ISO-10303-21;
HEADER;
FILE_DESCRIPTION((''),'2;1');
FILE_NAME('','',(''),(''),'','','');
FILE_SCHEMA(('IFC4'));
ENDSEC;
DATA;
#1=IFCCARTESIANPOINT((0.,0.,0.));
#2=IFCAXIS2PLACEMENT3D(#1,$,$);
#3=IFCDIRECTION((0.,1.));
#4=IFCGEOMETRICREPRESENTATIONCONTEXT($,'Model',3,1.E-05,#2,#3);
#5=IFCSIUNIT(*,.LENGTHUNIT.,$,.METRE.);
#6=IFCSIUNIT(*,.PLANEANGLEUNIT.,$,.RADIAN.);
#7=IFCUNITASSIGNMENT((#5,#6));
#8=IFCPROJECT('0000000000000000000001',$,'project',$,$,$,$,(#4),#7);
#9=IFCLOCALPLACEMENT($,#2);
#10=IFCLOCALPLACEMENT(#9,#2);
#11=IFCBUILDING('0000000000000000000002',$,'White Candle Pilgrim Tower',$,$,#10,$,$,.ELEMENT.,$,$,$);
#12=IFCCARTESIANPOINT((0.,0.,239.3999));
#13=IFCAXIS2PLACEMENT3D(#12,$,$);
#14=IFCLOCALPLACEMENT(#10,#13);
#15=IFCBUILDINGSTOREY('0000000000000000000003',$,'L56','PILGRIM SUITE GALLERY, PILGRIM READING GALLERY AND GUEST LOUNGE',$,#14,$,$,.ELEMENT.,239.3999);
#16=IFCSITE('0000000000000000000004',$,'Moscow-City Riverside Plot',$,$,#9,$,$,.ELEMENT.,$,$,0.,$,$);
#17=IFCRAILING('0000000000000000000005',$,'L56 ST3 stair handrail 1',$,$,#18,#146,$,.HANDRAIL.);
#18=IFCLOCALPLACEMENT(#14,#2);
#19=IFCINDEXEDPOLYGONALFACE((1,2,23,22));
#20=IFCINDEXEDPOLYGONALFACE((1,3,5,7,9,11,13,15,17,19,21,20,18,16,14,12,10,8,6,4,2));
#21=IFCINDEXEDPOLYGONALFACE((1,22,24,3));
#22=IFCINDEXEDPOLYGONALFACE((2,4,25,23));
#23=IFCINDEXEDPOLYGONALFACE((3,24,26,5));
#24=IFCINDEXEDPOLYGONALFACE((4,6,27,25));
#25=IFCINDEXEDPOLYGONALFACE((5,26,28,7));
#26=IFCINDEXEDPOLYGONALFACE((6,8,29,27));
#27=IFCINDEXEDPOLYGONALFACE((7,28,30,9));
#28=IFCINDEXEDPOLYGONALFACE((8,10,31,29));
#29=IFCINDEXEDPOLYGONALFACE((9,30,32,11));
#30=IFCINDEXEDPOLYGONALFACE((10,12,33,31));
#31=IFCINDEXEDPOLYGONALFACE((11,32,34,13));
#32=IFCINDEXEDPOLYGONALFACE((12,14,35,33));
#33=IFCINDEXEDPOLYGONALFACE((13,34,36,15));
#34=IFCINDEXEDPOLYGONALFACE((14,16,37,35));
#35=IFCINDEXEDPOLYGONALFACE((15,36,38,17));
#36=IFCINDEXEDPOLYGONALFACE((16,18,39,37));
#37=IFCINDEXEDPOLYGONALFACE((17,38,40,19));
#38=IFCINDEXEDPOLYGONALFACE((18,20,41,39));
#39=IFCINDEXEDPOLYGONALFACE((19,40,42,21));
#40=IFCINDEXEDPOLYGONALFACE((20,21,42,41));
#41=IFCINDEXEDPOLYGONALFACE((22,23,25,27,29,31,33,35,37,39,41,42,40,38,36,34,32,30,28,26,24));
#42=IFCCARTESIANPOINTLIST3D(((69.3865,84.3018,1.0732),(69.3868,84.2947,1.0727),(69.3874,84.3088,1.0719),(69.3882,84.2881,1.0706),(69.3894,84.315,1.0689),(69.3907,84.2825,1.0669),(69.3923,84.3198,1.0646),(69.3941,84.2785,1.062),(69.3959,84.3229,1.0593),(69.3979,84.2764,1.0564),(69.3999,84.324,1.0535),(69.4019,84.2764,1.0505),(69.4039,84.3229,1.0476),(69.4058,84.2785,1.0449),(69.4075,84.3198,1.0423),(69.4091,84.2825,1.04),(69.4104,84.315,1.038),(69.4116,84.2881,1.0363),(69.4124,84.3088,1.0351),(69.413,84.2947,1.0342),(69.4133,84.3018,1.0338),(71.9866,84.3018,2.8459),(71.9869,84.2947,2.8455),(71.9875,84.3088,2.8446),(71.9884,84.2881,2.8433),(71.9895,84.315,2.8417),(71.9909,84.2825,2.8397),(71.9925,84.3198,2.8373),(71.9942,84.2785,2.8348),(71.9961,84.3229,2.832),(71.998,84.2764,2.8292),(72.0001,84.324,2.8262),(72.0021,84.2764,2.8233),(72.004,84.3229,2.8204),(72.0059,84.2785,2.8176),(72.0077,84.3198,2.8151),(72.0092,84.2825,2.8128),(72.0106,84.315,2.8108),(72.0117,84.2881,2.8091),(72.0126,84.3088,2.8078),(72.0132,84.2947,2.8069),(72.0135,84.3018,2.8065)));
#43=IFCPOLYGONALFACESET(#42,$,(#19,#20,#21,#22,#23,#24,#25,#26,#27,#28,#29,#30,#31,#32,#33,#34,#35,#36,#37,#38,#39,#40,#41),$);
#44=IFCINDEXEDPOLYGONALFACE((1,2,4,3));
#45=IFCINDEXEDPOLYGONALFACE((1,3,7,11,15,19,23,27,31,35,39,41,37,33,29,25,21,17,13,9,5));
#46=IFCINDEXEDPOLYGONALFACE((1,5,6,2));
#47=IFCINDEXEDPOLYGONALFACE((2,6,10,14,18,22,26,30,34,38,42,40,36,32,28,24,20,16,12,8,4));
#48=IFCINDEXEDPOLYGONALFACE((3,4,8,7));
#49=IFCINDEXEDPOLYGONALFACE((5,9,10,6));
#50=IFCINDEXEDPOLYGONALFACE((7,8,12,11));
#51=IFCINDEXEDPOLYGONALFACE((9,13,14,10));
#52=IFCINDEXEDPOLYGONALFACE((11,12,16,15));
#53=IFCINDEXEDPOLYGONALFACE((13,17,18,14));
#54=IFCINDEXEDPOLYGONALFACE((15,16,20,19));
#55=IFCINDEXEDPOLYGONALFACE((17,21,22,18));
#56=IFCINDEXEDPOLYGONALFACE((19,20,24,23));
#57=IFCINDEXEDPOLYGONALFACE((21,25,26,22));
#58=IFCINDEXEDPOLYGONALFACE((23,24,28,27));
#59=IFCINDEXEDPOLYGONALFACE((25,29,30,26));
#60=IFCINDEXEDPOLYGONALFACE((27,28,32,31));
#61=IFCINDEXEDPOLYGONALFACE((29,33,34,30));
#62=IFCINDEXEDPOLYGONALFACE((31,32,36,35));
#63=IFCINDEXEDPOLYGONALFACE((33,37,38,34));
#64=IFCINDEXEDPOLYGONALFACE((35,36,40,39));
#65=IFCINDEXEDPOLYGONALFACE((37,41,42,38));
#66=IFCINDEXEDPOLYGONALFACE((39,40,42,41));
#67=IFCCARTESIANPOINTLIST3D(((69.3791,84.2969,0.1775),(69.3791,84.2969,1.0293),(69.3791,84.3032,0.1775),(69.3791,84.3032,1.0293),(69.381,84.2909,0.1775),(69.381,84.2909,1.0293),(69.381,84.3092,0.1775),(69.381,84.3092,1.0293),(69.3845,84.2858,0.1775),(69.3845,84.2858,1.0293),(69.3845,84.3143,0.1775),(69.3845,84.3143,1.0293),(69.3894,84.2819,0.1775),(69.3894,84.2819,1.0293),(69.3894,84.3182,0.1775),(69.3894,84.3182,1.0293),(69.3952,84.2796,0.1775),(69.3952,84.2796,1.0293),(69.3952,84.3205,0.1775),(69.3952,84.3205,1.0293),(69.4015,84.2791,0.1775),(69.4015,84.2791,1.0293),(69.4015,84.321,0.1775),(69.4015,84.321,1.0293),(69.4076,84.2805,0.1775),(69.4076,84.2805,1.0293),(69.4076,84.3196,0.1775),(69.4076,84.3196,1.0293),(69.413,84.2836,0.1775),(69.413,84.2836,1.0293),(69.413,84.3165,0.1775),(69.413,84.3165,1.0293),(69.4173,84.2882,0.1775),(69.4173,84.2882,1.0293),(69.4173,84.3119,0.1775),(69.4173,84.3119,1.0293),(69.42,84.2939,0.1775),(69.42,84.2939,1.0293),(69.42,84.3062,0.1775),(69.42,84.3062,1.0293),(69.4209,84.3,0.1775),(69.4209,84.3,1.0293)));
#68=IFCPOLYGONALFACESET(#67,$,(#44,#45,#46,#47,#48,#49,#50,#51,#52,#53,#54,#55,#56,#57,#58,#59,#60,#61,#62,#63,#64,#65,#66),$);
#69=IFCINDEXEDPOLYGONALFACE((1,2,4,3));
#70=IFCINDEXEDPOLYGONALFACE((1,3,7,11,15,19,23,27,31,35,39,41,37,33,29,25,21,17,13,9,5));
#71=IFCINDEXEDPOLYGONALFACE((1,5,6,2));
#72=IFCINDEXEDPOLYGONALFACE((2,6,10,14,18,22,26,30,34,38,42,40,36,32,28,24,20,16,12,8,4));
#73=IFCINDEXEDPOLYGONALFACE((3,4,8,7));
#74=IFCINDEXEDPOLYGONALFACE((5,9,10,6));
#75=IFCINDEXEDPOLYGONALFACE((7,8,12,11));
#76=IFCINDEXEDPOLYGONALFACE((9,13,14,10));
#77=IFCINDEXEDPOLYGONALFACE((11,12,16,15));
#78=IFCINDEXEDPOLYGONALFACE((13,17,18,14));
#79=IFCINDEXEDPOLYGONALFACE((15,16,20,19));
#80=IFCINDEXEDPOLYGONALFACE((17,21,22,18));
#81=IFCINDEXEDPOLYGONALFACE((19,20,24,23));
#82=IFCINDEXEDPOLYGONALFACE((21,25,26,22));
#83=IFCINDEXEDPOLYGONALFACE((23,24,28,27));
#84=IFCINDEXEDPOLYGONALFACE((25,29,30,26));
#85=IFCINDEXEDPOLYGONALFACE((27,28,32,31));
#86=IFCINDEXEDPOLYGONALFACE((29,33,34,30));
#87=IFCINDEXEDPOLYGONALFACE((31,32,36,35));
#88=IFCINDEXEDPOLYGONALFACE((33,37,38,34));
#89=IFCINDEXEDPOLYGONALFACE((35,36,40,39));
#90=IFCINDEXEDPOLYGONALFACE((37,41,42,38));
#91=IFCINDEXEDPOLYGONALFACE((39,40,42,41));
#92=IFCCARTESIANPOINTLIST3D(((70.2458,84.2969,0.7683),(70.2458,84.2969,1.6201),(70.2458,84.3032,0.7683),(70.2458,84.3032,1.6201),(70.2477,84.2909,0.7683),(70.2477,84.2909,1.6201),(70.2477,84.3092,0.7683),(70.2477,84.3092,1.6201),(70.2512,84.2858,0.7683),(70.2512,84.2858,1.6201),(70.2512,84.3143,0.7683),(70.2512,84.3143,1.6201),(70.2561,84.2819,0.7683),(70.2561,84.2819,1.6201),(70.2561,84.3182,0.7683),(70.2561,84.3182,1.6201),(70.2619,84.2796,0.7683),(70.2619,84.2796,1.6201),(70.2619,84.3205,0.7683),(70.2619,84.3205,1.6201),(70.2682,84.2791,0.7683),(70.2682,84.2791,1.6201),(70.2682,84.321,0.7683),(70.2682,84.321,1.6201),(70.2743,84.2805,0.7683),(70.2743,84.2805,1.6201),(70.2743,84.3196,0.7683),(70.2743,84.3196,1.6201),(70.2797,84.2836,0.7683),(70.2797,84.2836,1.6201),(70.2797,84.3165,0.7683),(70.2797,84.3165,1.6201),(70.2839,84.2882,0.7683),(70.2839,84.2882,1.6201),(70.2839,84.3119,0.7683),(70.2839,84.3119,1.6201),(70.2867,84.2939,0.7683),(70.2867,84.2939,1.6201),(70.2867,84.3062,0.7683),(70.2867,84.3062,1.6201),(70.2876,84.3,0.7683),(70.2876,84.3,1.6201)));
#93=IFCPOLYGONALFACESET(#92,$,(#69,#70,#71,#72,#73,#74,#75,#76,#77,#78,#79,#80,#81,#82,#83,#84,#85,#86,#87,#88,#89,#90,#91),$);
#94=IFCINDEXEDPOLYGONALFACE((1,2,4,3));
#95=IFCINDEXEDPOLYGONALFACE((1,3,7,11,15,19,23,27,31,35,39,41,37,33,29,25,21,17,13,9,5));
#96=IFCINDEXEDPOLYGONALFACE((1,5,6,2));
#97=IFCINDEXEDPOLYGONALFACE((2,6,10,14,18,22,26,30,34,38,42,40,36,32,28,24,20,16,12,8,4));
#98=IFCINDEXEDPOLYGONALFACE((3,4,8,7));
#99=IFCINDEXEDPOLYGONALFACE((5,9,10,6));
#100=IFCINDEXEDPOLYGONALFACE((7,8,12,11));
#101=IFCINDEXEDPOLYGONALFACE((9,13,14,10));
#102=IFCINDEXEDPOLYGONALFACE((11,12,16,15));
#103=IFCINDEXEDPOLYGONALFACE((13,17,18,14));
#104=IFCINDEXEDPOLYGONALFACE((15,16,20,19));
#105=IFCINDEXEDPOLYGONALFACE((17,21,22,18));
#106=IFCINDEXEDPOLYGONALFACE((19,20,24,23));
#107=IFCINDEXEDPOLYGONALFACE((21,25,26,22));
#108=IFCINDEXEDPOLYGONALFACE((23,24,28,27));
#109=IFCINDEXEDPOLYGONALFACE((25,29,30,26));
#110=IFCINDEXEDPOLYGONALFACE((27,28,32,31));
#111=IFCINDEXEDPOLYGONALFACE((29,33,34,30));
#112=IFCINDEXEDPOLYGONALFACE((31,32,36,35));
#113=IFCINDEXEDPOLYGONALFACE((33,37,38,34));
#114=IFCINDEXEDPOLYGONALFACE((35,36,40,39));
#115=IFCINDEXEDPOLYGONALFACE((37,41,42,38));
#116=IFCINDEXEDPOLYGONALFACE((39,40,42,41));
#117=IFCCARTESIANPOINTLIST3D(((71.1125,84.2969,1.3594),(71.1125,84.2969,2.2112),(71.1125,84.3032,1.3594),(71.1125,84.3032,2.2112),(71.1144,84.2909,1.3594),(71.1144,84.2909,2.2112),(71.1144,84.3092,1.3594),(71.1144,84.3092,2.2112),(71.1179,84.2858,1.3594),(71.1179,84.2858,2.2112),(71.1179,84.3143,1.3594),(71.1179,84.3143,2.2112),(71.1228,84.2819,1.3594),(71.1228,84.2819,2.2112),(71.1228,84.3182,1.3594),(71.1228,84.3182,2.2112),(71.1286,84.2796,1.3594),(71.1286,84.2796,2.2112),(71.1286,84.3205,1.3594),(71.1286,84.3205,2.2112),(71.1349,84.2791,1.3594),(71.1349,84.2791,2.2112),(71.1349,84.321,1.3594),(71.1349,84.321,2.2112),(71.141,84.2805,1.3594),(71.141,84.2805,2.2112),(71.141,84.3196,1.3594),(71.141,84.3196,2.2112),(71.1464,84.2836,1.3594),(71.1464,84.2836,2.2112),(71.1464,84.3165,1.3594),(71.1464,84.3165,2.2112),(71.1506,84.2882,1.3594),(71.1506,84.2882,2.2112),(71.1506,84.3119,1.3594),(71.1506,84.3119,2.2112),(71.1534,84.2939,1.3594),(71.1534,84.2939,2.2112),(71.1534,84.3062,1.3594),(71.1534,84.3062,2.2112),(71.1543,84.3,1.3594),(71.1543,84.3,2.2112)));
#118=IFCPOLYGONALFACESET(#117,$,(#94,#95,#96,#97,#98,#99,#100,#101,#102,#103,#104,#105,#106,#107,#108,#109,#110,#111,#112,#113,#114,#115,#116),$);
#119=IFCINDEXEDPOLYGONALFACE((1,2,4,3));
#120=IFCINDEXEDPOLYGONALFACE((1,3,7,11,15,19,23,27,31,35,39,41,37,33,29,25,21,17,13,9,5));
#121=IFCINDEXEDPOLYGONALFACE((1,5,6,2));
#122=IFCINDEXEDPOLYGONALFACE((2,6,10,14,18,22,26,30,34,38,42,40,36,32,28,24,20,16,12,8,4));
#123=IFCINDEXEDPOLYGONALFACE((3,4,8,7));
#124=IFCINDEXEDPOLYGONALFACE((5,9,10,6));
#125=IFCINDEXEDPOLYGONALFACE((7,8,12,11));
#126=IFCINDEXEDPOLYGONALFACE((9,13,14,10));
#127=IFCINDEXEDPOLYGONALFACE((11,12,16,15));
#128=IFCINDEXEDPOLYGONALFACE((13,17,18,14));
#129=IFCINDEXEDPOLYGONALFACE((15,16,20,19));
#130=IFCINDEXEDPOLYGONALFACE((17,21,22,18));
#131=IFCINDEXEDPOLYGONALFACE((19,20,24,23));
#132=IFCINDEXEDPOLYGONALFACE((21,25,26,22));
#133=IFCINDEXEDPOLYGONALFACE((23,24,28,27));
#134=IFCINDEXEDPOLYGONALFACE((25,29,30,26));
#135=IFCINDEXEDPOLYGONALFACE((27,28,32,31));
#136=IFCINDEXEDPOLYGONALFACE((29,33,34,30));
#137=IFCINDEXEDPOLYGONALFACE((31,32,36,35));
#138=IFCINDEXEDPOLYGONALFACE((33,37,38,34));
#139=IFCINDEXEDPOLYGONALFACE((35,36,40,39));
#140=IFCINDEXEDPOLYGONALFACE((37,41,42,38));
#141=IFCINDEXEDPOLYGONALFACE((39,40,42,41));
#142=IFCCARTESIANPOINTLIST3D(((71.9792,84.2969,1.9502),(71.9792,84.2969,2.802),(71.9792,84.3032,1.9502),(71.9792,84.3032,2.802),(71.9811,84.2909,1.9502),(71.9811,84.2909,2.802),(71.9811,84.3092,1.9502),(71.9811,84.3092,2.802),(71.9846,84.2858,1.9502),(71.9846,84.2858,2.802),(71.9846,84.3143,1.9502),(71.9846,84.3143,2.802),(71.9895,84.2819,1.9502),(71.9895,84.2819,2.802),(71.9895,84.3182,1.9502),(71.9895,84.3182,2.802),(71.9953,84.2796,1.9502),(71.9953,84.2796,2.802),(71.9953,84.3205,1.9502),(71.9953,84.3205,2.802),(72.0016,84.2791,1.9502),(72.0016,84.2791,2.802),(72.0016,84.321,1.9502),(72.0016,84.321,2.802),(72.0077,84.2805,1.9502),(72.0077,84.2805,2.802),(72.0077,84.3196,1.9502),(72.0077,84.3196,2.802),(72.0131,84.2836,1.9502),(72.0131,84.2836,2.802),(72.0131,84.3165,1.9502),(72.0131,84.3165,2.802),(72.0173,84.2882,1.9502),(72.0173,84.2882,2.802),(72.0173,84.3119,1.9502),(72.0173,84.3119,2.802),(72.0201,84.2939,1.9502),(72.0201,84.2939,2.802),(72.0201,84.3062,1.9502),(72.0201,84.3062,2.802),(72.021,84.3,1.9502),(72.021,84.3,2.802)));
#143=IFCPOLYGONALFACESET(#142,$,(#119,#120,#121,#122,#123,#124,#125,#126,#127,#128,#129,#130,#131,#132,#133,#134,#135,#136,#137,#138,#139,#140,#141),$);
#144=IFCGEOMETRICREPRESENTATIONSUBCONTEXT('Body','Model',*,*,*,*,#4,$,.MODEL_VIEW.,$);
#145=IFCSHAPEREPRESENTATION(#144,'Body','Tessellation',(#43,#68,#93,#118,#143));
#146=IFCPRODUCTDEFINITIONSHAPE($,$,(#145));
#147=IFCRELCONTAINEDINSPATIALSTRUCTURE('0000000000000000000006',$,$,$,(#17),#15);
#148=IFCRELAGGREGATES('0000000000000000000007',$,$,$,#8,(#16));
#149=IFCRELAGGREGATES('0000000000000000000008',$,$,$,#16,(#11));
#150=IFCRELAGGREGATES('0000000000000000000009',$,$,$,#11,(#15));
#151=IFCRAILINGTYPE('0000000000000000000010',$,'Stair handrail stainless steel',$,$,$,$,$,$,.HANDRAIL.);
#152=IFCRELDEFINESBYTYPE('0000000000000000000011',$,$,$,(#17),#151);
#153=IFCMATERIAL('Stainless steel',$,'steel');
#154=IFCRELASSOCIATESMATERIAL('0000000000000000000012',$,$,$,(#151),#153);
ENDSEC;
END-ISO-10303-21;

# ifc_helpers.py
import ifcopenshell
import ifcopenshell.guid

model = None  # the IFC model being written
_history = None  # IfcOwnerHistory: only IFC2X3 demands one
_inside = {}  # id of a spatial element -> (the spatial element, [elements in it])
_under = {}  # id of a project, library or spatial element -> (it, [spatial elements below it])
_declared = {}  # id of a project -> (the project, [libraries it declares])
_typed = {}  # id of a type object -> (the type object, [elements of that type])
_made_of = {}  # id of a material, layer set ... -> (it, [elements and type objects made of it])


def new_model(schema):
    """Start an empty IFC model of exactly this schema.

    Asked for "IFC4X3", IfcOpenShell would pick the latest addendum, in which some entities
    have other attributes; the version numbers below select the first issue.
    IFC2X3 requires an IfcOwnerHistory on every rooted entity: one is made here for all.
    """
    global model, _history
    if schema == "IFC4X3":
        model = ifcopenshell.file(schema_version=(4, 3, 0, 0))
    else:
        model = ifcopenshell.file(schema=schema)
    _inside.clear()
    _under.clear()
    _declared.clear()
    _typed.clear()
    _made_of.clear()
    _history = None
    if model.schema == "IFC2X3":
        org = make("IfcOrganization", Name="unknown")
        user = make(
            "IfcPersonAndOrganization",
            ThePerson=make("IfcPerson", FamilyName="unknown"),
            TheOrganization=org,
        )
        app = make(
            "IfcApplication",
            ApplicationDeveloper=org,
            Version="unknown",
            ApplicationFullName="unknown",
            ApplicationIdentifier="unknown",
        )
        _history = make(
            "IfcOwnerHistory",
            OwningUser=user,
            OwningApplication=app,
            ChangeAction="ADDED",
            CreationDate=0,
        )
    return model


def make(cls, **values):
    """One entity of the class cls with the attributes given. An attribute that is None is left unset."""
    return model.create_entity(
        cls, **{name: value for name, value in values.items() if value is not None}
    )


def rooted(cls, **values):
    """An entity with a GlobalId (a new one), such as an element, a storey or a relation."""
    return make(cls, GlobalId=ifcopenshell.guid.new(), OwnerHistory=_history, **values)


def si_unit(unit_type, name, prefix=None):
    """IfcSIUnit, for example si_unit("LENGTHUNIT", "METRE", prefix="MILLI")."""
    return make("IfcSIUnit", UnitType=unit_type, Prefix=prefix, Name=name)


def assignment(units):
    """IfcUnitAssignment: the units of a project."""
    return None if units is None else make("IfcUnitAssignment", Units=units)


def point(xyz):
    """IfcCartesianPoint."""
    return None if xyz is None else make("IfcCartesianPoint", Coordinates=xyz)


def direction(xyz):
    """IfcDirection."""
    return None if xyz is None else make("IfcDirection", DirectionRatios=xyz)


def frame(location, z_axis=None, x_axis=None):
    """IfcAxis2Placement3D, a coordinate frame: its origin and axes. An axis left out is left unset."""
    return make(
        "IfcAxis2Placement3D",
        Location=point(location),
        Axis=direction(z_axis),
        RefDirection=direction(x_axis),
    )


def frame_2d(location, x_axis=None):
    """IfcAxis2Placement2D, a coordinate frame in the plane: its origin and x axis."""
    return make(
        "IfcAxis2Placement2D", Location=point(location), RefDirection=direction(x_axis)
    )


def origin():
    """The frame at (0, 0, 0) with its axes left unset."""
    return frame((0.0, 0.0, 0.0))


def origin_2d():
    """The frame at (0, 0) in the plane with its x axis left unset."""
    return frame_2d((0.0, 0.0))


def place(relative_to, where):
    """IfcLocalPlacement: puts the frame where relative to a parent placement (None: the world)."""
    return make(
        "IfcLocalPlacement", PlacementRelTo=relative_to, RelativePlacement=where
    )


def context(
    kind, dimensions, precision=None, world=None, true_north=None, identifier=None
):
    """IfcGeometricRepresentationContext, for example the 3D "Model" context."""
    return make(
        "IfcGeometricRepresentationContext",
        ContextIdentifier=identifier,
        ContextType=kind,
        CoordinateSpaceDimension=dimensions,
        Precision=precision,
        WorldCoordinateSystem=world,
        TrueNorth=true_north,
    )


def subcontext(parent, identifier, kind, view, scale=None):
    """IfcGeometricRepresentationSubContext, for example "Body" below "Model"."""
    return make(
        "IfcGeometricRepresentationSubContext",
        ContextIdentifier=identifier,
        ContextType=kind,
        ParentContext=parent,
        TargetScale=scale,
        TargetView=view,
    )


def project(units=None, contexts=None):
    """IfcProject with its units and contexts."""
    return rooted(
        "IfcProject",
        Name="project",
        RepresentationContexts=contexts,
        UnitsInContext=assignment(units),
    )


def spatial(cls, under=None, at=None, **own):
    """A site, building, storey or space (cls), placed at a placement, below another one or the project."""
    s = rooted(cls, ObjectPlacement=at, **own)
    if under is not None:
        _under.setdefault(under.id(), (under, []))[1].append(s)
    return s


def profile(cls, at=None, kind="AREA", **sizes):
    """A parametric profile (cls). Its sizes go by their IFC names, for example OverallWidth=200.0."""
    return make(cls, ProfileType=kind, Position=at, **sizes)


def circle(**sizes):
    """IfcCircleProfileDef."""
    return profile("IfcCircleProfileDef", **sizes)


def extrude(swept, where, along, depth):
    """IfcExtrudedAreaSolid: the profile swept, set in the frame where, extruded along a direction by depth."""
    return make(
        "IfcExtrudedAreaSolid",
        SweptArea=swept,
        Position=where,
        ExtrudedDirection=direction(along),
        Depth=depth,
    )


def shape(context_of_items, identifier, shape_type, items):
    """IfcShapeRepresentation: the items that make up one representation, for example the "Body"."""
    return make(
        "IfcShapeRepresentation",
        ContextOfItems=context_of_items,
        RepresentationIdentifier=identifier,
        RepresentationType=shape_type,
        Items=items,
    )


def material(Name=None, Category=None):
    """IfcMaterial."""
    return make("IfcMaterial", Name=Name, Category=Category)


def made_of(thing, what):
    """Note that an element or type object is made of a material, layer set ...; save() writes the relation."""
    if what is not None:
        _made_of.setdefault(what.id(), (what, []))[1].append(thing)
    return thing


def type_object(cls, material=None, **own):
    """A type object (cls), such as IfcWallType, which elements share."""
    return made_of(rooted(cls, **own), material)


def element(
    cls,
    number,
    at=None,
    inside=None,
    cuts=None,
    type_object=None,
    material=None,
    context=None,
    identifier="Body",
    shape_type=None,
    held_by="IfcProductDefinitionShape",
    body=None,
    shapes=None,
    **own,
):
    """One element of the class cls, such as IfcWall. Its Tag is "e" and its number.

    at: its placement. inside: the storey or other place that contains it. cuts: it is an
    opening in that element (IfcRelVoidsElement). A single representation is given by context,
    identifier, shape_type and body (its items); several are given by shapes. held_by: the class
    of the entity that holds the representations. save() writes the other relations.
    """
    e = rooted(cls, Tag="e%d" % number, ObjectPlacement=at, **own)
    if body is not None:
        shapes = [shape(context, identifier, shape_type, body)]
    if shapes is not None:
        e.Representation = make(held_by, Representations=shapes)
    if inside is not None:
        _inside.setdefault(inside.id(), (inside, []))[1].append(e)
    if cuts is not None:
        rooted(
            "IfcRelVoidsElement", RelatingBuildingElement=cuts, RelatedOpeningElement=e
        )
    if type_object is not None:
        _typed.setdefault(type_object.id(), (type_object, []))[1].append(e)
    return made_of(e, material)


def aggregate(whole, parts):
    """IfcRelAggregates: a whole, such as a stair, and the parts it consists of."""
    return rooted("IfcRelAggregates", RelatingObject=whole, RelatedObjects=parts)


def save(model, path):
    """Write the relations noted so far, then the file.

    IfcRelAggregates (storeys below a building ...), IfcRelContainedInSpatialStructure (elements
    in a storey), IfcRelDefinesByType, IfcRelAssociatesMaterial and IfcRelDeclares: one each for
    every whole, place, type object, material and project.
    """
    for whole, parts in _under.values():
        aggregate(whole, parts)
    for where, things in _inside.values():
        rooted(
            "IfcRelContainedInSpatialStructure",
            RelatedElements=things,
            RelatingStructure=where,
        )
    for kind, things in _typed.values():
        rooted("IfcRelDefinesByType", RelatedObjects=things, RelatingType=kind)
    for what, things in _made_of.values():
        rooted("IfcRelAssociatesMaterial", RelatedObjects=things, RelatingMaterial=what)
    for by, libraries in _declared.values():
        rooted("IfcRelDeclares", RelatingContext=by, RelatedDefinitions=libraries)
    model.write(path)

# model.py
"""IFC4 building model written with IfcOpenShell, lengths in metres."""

from ifc_helpers import new_model, si_unit, direction, frame, origin, origin_2d, place, context, subcontext, project, spatial, circle, extrude, material, type_object, element, save


model = new_model("IFC4")

# Units and contexts
model_context = context("Model", 3, precision=1e-05, world=origin(), true_north=direction((0.0, 1.0)))
body_context = subcontext(model_context, "Body", "Model", "MODEL_VIEW")
ifc_project = project(units=[si_unit("LENGTHUNIT", "METRE"), si_unit("PLANEANGLEUNIT", "RADIAN")], contexts=[model_context])

# Site, building, storey
site_placement = place(None, origin())
site = spatial("IfcSite", under=ifc_project, at=site_placement, Name="Moscow-City Riverside Plot", CompositionType="ELEMENT", RefElevation=0.0)
building_placement = place(site_placement, origin())
building = spatial("IfcBuilding", under=site, at=building_placement, Name="White Candle Pilgrim Tower", CompositionType="ELEMENT")
storey_placement = place(building_placement, frame((0.0, 0.0, 239.3999)))
storey = spatial("IfcBuildingStorey", under=building, at=storey_placement, Name="L56", Description="PILGRIM SUITE GALLERY, PILGRIM READING GALLERY AND GUEST LOUNGE", CompositionType="ELEMENT", Elevation=239.3999)

# Shared definitions
ifc_material_1 = material(Name="Stainless steel", Category="steel")

# Railing
railing_type_1 = type_object("IfcRailingType", Name="Stair handrail stainless steel", PredefinedType="HANDRAIL", material=ifc_material_1)
railing_1_placement = place(storey_placement, frame((69.3999, 84.3, 0.1775)))
element("IfcRailing", 1, at=railing_1_placement, inside=storey, type_object=railing_type_1, Name="L56 ST3 stair handrail 1", PredefinedType="HANDRAIL", context=body_context, shape_type="SweptSolid", body=[
    extrude(circle(Radius=0.0239, at=origin_2d()), frame((0.0, 0.0, 0.876), z_axis=(0.82624, 0.0, 0.563318), x_axis=(0.0, 1.0, 0.0)), (0.0, 0.0, 1.0), 3.147),
    extrude(circle(Radius=0.021, at=origin_2d()), origin(), (0.0, 0.0, 1.0), 0.8518),
    extrude(circle(Radius=0.021, at=origin_2d()), frame((0.8667, 0.0, 0.5908)), (0.0, 0.0, 1.0), 0.8518),
    extrude(circle(Radius=0.021, at=origin_2d()), frame((1.7334, 0.0, 1.1819)), (0.0, 0.0, 1.0), 0.8518),
    extrude(circle(Radius=0.021, at=origin_2d()), frame((2.6001, 0.0, 1.7727)), (0.0, 0.0, 1.0), 0.8518),
])

save(model, "model.ifc")
